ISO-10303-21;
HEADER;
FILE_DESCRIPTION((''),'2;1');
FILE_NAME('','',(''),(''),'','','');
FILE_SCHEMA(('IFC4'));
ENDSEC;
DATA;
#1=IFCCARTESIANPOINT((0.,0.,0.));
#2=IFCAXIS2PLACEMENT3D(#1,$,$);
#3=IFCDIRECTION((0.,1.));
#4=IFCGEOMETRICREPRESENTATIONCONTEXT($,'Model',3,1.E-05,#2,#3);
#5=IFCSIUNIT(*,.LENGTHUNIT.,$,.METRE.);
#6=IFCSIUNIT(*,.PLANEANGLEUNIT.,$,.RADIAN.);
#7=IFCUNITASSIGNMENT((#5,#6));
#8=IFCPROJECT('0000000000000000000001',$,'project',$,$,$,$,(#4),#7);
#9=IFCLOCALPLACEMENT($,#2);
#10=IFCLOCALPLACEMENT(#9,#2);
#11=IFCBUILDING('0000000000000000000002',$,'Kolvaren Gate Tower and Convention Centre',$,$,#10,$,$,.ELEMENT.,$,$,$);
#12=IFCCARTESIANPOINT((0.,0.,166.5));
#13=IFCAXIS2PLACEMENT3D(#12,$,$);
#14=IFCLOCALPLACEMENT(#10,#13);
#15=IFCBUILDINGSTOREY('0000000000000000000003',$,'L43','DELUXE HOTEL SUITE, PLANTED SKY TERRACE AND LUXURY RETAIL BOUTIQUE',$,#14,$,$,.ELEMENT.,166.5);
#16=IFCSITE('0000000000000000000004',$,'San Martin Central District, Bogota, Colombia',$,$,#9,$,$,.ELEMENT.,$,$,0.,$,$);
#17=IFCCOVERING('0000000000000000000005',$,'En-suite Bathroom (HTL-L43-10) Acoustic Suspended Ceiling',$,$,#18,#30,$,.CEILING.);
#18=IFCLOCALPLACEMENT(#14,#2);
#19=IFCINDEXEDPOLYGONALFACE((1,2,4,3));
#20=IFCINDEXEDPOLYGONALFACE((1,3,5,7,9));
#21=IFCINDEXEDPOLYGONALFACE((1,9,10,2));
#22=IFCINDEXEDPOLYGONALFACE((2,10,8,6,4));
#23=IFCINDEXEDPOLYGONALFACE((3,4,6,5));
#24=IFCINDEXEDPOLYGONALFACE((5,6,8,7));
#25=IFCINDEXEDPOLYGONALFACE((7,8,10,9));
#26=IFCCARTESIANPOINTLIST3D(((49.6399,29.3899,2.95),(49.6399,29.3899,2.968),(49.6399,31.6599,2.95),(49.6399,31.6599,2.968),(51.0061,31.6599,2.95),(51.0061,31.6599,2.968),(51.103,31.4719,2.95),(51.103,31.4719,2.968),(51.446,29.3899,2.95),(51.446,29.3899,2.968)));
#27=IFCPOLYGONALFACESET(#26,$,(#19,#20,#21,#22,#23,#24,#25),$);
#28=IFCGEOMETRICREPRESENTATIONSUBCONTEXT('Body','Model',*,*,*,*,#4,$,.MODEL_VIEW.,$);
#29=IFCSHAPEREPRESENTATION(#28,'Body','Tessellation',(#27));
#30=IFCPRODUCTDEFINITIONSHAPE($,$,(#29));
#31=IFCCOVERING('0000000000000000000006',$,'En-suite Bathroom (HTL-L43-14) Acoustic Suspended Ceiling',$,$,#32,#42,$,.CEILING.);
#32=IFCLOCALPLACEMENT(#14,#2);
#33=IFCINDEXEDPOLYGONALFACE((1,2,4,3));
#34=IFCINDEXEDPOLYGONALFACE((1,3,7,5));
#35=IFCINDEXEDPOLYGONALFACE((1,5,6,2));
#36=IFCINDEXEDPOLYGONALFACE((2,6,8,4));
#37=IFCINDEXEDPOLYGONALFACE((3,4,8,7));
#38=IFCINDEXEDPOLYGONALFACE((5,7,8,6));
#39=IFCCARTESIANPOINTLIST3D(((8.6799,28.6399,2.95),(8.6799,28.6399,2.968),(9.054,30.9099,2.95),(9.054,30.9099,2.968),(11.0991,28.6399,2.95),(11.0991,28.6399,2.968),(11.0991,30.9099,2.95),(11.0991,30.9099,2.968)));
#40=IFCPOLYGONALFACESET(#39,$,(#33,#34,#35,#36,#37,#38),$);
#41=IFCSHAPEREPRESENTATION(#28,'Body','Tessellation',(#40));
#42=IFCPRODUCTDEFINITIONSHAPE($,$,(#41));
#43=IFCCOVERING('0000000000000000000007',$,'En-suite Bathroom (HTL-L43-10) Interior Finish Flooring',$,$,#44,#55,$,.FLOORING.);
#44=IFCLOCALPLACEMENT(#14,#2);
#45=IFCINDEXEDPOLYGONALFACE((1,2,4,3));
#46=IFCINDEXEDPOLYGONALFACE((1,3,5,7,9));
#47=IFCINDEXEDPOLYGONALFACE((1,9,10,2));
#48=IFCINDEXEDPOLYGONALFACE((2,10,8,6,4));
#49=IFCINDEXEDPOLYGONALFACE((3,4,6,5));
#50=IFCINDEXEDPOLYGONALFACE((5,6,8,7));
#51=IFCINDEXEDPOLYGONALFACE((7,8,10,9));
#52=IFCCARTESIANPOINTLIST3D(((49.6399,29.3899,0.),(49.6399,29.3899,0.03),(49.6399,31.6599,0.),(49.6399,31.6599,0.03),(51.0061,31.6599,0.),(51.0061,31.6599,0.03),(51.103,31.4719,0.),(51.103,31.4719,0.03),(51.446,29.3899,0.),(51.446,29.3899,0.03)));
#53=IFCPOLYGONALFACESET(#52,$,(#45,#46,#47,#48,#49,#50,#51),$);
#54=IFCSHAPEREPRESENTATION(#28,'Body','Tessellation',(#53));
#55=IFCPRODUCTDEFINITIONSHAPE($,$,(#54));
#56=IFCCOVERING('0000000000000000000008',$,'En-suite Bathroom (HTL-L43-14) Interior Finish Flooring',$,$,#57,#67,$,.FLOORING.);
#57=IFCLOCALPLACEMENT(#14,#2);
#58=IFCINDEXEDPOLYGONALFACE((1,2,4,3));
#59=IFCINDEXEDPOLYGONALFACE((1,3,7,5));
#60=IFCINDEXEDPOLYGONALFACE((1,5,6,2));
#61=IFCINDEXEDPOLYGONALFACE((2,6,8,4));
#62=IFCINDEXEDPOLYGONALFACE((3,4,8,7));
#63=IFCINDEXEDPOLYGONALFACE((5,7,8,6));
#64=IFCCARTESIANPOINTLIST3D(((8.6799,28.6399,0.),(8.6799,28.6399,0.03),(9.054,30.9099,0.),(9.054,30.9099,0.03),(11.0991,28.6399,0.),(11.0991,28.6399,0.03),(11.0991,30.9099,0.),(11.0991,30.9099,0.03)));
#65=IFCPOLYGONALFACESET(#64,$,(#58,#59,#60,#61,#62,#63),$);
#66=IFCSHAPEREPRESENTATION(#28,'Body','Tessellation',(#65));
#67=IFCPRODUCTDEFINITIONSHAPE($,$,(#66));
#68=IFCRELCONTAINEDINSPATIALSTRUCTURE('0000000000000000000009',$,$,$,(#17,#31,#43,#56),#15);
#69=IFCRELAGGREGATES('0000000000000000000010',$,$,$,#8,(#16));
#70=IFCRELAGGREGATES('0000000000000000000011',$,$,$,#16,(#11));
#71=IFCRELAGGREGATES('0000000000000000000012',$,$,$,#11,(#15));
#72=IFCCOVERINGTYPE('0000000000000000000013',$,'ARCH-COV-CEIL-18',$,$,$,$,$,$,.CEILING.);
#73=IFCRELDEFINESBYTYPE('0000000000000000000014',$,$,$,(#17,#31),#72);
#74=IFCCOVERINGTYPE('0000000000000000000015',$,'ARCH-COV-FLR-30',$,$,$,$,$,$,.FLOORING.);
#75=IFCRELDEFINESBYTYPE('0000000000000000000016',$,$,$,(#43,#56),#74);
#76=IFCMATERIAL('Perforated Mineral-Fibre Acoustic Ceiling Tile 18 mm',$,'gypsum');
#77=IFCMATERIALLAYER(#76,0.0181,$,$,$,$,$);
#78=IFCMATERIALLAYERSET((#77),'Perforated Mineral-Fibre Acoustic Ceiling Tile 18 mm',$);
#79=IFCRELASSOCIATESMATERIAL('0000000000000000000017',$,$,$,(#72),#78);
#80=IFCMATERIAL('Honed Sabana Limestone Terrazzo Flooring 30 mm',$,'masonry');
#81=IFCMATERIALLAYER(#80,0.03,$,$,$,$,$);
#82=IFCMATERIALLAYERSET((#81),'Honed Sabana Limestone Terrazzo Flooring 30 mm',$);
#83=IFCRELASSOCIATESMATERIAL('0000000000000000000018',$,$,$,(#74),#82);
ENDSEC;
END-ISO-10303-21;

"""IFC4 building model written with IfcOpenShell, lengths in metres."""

from ifc_helpers import new_model, si_unit, direction, frame, origin, place, context, subcontext, project, spatial, polyline, outline, extrude, material, layer, layer_set, type_object, element, save


model = new_model("IFC4")

# Units and contexts
model_context = context("Model", 3, precision=1e-05, world=origin(), true_north=direction((0.0, 1.0)))
body_context = subcontext(model_context, "Body", "Model", "MODEL_VIEW")
ifc_project = project(units=[si_unit("LENGTHUNIT", "METRE"), si_unit("PLANEANGLEUNIT", "RADIAN")], contexts=[model_context])

# Site, building, storey
site_placement = place(None, origin())
site = spatial("IfcSite", under=ifc_project, at=site_placement, Name="San Martin Central District, Bogota, Colombia", CompositionType="ELEMENT", RefElevation=0.0)
building_placement = place(site_placement, origin())
building = spatial("IfcBuilding", under=site, at=building_placement, Name="Kolvaren Gate Tower and Convention Centre", CompositionType="ELEMENT")
storey_placement = place(building_placement, frame((0.0, 0.0, 166.5)))
storey = spatial("IfcBuildingStorey", under=building, at=storey_placement, Name="L43", Description="DELUXE HOTEL SUITE, PLANTED SKY TERRACE AND LUXURY RETAIL BOUTIQUE", CompositionType="ELEMENT", Elevation=166.5)

# Coverings
ifc_material_1 = material(Name="Perforated Mineral-Fibre Acoustic Ceiling Tile 18 mm", Category="gypsum")
ifc_layer_1 = layer(ifc_material_1, 0.0181)
ifc_layer_set_1 = layer_set([ifc_layer_1], Name="Perforated Mineral-Fibre Acoustic Ceiling Tile 18 mm")
covering_type_1 = type_object("IfcCoveringType", Name="ARCH-COV-CEIL-18", PredefinedType="CEILING", material=ifc_layer_set_1)
covering_1_placement = place(storey_placement, frame((0.0, 0.0, 2.95)))
element("IfcCovering", 1, at=covering_1_placement, inside=storey, type_object=covering_type_1, Name="En-suite Bathroom (HTL-L43-10) Acoustic Suspended Ceiling", PredefinedType="CEILING", context=body_context, shape_type="SweptSolid", body=[
    extrude(outline(polyline([(49.6399, 29.3899), (49.6399, 31.6599), (51.0061, 31.6599), (51.103, 31.4719), (51.446, 29.3899), (49.6399, 29.3899)])), origin(), (0.0, 0.0, 1.0), 0.0181),
])
covering_2_placement = place(storey_placement, frame((0.0, 0.0, 2.95)))
element("IfcCovering", 2, at=covering_2_placement, inside=storey, type_object=covering_type_1, Name="En-suite Bathroom (HTL-L43-14) Acoustic Suspended Ceiling", PredefinedType="CEILING", context=body_context, shape_type="SweptSolid", body=[
    extrude(outline(polyline([(11.0991, 30.9099), (11.0991, 28.6399), (8.6799, 28.6399), (9.054, 30.9099), (11.0991, 30.9099)])), origin(), (0.0, 0.0, 1.0), 0.0181),
])
ifc_material_2 = material(Name="Honed Sabana Limestone Terrazzo Flooring 30 mm", Category="masonry")
ifc_layer_2 = layer(ifc_material_2, 0.03)
ifc_layer_set_2 = layer_set([ifc_layer_2], Name="Honed Sabana Limestone Terrazzo Flooring 30 mm")
covering_type_2 = type_object("IfcCoveringType", Name="ARCH-COV-FLR-30", PredefinedType="FLOORING", material=ifc_layer_set_2)
covering_3_placement = place(storey_placement, origin())
element("IfcCovering", 3, at=covering_3_placement, inside=storey, type_object=covering_type_2, Name="En-suite Bathroom (HTL-L43-10) Interior Finish Flooring", PredefinedType="FLOORING", context=body_context, shape_type="SweptSolid", body=[
    extrude(outline(polyline([(49.6399, 29.3899), (49.6399, 31.6599), (51.0061, 31.6599), (51.103, 31.4719), (51.446, 29.3899), (49.6399, 29.3899)])), origin(), (0.0, 0.0, 1.0), 0.03),
])
covering_4_placement = place(storey_placement, origin())
element("IfcCovering", 4, at=covering_4_placement, inside=storey, type_object=covering_type_2, Name="En-suite Bathroom (HTL-L43-14) Interior Finish Flooring", PredefinedType="FLOORING", context=body_context, shape_type="SweptSolid", body=[
    extrude(outline(polyline([(11.0991, 30.9099), (11.0991, 28.6399), (8.6799, 28.6399), (9.054, 30.9099), (11.0991, 30.9099)])), origin(), (0.0, 0.0, 1.0), 0.03),
])

save(model, "model.ifc")
